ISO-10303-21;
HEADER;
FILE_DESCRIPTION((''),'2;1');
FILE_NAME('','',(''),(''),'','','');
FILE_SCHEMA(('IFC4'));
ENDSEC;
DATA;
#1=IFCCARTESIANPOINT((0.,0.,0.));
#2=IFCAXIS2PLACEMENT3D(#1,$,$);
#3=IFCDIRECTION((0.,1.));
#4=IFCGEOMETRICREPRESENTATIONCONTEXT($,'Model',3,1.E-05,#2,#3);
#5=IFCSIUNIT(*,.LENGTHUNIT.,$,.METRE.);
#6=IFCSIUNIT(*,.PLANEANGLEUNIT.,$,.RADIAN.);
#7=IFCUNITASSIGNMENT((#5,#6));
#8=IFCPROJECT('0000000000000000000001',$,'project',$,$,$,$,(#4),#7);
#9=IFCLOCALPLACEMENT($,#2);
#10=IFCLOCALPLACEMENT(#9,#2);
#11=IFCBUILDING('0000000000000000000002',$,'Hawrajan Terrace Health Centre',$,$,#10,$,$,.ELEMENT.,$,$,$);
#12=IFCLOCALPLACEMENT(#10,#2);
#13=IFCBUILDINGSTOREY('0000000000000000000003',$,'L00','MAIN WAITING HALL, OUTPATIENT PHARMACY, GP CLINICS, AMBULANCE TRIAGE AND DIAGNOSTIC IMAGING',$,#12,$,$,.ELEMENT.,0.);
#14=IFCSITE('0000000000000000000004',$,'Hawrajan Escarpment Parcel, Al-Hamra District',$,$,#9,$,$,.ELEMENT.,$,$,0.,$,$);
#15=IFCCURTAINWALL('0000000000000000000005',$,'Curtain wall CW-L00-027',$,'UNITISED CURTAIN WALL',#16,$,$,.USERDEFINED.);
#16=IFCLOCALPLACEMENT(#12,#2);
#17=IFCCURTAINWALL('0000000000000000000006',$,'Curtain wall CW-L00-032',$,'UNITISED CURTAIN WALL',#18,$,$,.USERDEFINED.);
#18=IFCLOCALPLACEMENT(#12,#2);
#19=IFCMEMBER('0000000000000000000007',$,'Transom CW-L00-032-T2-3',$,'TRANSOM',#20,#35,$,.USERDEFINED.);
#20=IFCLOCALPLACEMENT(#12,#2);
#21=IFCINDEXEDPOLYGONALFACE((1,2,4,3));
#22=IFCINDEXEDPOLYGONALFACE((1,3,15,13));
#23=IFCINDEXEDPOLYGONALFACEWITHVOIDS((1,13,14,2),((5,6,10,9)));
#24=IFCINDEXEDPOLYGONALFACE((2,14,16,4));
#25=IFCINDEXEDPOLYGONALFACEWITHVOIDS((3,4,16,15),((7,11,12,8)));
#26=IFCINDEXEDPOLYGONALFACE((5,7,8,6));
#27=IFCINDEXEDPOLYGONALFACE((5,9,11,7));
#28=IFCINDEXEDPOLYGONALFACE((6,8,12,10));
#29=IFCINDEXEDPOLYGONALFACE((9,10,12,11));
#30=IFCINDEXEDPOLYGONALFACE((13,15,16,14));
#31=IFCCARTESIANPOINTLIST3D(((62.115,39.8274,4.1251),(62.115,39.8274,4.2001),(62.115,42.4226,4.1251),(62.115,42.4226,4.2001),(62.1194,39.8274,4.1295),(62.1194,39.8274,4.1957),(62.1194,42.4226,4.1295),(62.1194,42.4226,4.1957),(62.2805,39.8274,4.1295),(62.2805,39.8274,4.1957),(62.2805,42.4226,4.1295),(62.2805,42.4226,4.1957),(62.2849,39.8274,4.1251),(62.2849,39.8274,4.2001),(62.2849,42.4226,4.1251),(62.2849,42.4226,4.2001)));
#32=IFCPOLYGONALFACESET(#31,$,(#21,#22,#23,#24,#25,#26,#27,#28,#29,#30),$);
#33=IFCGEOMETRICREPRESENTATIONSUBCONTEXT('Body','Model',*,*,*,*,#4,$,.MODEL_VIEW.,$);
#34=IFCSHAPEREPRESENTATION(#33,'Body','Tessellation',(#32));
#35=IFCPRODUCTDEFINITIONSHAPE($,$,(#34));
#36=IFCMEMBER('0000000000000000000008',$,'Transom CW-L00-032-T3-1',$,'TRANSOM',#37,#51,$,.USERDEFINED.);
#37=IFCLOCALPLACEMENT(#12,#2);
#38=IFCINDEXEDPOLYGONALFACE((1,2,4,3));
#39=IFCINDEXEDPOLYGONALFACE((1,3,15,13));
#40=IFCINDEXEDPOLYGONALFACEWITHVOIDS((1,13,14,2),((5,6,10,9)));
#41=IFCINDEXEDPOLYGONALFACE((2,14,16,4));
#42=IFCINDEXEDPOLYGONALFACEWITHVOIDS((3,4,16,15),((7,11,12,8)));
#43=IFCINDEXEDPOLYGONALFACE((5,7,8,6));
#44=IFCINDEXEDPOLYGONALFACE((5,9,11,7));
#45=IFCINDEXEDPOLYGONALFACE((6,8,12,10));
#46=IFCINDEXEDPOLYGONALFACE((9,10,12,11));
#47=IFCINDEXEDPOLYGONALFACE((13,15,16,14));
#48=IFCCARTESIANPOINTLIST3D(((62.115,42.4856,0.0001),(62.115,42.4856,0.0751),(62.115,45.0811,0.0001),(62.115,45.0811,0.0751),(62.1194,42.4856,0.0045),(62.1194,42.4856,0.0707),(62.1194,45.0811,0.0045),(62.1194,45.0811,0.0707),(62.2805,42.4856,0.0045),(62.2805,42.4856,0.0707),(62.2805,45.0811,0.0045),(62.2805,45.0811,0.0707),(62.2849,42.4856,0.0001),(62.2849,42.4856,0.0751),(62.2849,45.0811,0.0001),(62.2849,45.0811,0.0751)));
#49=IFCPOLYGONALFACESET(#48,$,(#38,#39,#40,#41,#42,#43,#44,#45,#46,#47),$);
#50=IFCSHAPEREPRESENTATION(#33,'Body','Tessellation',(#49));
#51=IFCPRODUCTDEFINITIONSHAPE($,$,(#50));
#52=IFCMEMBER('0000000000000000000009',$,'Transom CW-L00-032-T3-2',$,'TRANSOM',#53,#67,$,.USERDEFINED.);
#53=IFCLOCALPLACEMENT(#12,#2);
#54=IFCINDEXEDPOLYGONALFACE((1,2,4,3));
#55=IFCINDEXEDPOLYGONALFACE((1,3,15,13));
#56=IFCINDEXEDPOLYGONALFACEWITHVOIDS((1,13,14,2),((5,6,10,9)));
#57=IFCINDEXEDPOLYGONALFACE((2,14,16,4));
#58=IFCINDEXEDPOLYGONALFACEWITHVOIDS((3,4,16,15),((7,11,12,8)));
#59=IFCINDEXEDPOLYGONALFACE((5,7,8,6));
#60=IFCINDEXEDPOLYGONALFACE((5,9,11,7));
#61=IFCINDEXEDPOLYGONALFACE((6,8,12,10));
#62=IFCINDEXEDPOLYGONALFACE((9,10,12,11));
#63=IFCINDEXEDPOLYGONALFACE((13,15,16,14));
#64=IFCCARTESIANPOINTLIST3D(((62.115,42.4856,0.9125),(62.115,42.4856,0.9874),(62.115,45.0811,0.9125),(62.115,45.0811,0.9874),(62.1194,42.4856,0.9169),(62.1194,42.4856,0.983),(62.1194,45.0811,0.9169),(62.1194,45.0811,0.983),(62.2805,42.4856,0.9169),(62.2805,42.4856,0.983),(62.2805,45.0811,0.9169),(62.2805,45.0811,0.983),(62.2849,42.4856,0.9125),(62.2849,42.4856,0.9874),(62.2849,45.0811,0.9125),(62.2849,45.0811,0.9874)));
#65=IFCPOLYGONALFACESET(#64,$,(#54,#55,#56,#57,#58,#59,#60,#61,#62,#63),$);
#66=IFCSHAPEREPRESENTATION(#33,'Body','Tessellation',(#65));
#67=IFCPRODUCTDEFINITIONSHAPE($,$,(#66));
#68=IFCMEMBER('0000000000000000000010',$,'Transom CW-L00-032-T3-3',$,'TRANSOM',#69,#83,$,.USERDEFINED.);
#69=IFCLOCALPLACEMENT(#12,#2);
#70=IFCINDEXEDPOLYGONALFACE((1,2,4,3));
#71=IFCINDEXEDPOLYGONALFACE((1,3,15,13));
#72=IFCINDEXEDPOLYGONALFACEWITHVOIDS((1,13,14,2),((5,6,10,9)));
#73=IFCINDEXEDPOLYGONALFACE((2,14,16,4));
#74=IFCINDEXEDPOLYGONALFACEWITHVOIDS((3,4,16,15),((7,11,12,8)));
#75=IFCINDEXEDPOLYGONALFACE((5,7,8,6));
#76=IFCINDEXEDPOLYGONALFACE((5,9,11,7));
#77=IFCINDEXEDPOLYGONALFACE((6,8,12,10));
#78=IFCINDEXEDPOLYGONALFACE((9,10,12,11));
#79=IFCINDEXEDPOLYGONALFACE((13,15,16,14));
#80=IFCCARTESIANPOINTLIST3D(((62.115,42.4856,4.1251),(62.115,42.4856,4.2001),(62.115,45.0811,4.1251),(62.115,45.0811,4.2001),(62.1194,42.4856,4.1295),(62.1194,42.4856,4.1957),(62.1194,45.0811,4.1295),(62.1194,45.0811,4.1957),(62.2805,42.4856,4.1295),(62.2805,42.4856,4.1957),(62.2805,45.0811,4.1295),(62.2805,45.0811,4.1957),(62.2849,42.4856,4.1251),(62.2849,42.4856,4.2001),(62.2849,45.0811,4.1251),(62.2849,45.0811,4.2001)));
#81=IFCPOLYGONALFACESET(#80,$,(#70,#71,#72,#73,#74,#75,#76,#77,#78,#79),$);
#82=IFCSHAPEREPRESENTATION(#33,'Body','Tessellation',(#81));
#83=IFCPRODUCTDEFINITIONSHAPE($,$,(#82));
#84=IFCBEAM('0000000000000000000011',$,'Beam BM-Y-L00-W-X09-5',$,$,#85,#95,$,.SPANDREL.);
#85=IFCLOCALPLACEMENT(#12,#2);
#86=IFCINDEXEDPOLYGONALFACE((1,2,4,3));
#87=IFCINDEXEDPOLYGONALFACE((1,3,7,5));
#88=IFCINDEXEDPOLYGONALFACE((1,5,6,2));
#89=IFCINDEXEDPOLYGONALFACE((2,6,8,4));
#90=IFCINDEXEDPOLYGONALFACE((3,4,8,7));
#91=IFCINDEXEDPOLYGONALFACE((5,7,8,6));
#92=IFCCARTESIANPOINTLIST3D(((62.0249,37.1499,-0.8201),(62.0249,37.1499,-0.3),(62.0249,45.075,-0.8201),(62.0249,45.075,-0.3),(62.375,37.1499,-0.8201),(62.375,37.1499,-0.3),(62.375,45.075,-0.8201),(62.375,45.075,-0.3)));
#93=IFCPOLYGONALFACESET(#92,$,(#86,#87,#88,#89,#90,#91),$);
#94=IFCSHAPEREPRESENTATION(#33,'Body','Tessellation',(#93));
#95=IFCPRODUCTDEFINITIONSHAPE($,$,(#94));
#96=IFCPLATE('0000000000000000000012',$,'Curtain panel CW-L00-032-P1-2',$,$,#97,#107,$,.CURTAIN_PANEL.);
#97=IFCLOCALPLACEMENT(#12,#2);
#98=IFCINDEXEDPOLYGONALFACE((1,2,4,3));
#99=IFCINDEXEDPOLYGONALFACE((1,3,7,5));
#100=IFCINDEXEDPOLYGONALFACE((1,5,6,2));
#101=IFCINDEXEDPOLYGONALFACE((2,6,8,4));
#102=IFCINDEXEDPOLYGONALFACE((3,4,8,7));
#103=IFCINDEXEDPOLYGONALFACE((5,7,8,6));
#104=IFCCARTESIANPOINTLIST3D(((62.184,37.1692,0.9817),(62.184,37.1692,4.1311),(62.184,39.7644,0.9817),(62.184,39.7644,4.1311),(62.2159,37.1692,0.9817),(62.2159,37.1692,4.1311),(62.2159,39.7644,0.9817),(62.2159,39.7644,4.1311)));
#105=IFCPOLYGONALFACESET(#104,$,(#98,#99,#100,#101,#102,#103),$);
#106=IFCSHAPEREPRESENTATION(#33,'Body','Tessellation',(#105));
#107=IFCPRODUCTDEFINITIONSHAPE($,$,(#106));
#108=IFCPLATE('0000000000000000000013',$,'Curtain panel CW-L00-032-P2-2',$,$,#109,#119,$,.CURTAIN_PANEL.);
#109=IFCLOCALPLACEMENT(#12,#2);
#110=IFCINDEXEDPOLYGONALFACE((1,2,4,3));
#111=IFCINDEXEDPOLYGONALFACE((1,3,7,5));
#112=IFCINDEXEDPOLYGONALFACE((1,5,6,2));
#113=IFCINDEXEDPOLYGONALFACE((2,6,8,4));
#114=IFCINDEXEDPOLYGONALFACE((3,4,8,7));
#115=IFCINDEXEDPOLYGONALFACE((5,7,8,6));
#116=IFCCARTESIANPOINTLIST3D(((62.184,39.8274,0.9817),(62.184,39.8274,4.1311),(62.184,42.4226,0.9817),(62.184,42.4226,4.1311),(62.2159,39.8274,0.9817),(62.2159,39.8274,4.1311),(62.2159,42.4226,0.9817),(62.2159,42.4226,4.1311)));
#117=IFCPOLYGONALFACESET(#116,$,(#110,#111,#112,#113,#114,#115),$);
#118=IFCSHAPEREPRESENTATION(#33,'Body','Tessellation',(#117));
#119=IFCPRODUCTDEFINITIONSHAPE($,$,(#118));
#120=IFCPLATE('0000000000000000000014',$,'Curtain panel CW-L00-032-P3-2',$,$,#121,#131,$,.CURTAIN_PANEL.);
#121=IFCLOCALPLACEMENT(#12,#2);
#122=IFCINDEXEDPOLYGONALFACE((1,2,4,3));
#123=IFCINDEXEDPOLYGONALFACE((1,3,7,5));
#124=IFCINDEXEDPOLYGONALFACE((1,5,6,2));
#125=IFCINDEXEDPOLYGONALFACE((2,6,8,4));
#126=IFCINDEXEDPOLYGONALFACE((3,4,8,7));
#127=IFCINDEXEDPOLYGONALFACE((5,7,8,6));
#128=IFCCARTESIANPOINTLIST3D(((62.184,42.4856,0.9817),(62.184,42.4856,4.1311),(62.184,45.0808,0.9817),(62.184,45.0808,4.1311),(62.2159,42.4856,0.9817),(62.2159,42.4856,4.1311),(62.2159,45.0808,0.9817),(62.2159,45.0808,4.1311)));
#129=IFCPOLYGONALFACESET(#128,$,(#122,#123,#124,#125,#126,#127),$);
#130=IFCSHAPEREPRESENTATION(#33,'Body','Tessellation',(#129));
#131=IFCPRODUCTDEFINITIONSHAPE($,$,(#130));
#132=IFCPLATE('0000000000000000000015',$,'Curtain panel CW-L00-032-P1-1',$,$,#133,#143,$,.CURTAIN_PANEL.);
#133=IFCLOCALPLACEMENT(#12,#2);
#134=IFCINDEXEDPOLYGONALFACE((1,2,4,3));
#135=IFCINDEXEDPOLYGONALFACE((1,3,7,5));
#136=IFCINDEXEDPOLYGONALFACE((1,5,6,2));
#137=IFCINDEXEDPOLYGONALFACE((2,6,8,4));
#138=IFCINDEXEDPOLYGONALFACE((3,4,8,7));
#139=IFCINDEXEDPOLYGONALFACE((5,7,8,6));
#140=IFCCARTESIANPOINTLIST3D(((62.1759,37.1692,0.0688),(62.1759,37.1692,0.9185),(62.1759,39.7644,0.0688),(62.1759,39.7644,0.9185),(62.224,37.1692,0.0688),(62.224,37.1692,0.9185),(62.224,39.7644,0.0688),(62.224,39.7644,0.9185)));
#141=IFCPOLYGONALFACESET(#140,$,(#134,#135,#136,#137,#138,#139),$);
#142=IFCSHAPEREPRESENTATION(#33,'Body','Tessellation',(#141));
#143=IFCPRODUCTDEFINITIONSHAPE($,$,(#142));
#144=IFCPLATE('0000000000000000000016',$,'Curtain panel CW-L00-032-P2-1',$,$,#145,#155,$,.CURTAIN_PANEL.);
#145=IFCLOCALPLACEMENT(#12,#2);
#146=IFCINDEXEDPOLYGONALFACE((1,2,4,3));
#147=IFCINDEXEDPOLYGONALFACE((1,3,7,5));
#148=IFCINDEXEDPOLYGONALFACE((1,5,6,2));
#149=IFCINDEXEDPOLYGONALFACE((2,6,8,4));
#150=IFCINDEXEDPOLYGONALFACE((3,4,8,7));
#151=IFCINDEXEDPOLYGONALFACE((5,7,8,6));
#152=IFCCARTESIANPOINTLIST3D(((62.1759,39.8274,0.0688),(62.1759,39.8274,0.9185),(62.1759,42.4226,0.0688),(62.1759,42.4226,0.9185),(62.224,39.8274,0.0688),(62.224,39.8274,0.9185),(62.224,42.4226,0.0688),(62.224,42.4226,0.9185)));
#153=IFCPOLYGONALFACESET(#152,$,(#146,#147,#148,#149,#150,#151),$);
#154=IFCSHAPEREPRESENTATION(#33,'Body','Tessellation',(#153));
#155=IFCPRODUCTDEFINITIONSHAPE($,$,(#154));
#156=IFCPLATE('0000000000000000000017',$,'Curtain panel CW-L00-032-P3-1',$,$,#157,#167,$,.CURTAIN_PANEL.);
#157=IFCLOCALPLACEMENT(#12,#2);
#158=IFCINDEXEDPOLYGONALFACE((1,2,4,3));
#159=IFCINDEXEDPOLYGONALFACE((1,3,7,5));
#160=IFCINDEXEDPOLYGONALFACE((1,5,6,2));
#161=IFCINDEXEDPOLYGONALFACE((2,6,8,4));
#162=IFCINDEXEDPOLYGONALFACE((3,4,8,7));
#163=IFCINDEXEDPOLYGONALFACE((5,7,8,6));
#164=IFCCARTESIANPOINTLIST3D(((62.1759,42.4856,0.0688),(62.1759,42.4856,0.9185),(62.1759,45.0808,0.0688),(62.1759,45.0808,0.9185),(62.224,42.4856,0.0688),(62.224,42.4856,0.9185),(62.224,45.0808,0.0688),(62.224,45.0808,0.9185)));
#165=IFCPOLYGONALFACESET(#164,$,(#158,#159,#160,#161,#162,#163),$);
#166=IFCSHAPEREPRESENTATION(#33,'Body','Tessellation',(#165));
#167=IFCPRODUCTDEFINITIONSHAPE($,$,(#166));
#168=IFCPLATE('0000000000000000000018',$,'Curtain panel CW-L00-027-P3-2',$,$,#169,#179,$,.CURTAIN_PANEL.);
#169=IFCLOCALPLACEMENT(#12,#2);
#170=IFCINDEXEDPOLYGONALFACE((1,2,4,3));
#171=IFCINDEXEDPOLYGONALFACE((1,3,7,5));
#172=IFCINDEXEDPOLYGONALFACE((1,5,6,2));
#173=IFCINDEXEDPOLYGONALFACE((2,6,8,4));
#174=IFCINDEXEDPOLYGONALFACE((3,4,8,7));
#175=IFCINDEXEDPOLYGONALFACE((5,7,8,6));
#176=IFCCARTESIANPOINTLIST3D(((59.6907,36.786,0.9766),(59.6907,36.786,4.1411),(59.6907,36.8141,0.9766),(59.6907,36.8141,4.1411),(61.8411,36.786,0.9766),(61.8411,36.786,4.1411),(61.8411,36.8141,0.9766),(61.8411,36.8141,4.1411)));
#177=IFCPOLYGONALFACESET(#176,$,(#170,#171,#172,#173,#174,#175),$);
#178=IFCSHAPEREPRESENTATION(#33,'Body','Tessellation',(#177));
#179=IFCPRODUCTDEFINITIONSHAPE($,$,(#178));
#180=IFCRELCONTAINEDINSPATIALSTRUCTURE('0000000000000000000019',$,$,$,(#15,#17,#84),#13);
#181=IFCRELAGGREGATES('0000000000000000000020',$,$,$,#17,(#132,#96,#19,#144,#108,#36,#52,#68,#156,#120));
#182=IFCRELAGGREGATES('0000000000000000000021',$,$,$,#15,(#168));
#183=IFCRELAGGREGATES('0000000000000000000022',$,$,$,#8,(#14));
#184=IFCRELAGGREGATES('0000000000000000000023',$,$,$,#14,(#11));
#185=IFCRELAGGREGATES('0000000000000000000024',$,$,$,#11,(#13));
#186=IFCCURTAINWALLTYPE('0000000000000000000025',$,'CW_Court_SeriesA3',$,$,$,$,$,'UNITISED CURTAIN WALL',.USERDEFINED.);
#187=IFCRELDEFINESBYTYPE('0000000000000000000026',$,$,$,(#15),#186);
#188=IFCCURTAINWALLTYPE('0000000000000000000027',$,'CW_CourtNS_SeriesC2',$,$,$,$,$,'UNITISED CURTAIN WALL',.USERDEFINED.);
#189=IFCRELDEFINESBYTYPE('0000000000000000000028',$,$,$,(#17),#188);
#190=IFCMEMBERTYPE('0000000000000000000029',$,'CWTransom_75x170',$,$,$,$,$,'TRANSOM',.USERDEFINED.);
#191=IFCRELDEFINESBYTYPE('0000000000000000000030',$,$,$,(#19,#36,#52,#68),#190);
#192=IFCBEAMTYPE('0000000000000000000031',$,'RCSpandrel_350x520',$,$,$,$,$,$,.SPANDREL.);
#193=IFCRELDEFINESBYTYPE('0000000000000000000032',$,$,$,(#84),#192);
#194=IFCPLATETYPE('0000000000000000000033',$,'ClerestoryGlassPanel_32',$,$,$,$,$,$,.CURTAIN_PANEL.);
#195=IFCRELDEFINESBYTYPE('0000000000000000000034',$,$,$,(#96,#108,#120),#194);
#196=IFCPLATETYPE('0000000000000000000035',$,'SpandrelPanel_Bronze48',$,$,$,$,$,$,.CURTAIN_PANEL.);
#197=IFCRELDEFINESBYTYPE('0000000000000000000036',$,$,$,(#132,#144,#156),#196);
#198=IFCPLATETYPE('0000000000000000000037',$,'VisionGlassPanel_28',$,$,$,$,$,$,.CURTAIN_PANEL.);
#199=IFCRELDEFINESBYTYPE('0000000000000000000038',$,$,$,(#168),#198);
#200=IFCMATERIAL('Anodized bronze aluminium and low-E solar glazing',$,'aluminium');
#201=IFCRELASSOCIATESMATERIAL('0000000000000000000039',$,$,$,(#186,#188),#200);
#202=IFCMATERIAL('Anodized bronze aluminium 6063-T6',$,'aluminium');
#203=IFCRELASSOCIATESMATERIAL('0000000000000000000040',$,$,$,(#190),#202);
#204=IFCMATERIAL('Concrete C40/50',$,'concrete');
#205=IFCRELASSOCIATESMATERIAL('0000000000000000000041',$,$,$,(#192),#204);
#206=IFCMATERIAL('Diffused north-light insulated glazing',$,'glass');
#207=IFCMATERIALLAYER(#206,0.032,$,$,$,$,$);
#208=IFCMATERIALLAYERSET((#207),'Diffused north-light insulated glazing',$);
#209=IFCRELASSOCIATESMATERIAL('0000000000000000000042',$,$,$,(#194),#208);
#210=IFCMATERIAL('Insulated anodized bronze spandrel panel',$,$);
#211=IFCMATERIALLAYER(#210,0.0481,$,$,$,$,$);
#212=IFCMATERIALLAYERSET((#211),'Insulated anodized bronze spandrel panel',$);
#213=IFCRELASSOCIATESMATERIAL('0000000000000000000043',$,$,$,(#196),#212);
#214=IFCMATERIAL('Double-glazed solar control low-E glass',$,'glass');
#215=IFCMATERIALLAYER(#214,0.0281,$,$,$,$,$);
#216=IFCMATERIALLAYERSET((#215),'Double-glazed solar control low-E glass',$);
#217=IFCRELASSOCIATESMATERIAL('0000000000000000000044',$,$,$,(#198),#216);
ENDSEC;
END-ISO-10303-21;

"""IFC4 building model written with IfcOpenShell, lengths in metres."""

from ifc_helpers import new_model, si_unit, direction, frame, origin, origin_2d, place, context, subcontext, project, spatial, rectangle, hollow_rectangle, extrude, material, layer, layer_set, material_profile, profile_set, type_object, element, aggregate, save


model = new_model("IFC4")

# Units and contexts
model_context = context("Model", 3, precision=1e-05, world=origin(), true_north=direction((0.0, 1.0)))
body_context = subcontext(model_context, "Body", "Model", "MODEL_VIEW")
ifc_project = project(units=[si_unit("LENGTHUNIT", "METRE"), si_unit("PLANEANGLEUNIT", "RADIAN")], contexts=[model_context])

# Site, building, storey
site_placement = place(None, origin())
site = spatial("IfcSite", under=ifc_project, at=site_placement, Name="Hawrajan Escarpment Parcel, Al-Hamra District", CompositionType="ELEMENT", RefElevation=0.0)
building_placement = place(site_placement, origin())
building = spatial("IfcBuilding", under=site, at=building_placement, Name="Hawrajan Terrace Health Centre", CompositionType="ELEMENT")
storey_placement = place(building_placement, origin())
storey = spatial("IfcBuildingStorey", under=building, at=storey_placement, Name="L00", Description="MAIN WAITING HALL, OUTPATIENT PHARMACY, GP CLINICS, AMBULANCE TRIAGE AND DIAGNOSTIC IMAGING", CompositionType="ELEMENT", Elevation=0.0)

# Shared definitions
ifc_material_1 = material(Name="Concrete C40/50", Category="concrete")

# Curtain wall
ifc_material_2 = material(Name="Anodized bronze aluminium and low-E solar glazing", Category="aluminium")
curtain_wall_type_1 = type_object("IfcCurtainWallType", Name="CW_Court_SeriesA3", ElementType="UNITISED CURTAIN WALL", PredefinedType="USERDEFINED", material=ifc_material_2)
curtain_wall_1_placement = place(storey_placement, origin())
curtain_wall_1 = element("IfcCurtainWall", 1, at=curtain_wall_1_placement, inside=storey, type_object=curtain_wall_type_1, Name="Curtain wall CW-L00-027", ObjectType="UNITISED CURTAIN WALL", PredefinedType="USERDEFINED")
ifc_material_3 = material(Name="Anodized bronze aluminium 6063-T6", Category="aluminium")

# Curtain wall, members
curtain_wall_type_2 = type_object("IfcCurtainWallType", Name="CW_CourtNS_SeriesC2", ElementType="UNITISED CURTAIN WALL", PredefinedType="USERDEFINED", material=ifc_material_2)
curtain_wall_2_placement = place(storey_placement, origin())
curtain_wall_2 = element("IfcCurtainWall", 2, at=curtain_wall_2_placement, inside=storey, type_object=curtain_wall_type_2, Name="Curtain wall CW-L00-032", ObjectType="UNITISED CURTAIN WALL", PredefinedType="USERDEFINED")
ifc_material_profile_1 = material_profile(ifc_material_3, hollow_rectangle(XDim=0.075, YDim=0.1699, WallThickness=0.0044, at=origin_2d()), Name="CW TRN 75x170")
ifc_profile_set_1 = profile_set([ifc_material_profile_1], Name="Anodized bronze aluminium 6063-T6")
member_type_1 = type_object("IfcMemberType", Name="CWTransom_75x170", ElementType="TRANSOM", PredefinedType="USERDEFINED", material=ifc_profile_set_1)
member_1_placement = place(storey_placement, frame((62.2, 39.8274, 4.1626), z_axis=(0.0, 1.0, 0.0), x_axis=(0.0, 0.0, 1.0)))
member_1 = element("IfcMember", 3, at=member_1_placement, type_object=member_type_1, Name="Transom CW-L00-032-T2-3", ObjectType="TRANSOM", PredefinedType="USERDEFINED", context=body_context, shape_type="SweptSolid", body=[
    extrude(hollow_rectangle(XDim=0.075, YDim=0.1699, WallThickness=0.0044, at=origin_2d()), origin(), (0.0, 0.0, 1.0), 2.5952),
])
member_2_placement = place(storey_placement, frame((62.2, 42.4856, 0.0376), z_axis=(0.0, 1.0, 0.0), x_axis=(0.0, 0.0, 1.0)))
member_2 = element("IfcMember", 4, at=member_2_placement, type_object=member_type_1, Name="Transom CW-L00-032-T3-1", ObjectType="TRANSOM", PredefinedType="USERDEFINED", context=body_context, shape_type="SweptSolid", body=[
    extrude(hollow_rectangle(XDim=0.075, YDim=0.1699, WallThickness=0.0044, at=origin_2d()), origin(), (0.0, 0.0, 1.0), 2.5955),
])
member_3_placement = place(storey_placement, frame((62.2, 42.4856, 0.95), z_axis=(0.0, 1.0, 0.0), x_axis=(0.0, 0.0, 1.0)))
member_3 = element("IfcMember", 5, at=member_3_placement, type_object=member_type_1, Name="Transom CW-L00-032-T3-2", ObjectType="TRANSOM", PredefinedType="USERDEFINED", context=body_context, shape_type="SweptSolid", body=[
    extrude(hollow_rectangle(XDim=0.075, YDim=0.1699, WallThickness=0.0044, at=origin_2d()), origin(), (0.0, 0.0, 1.0), 2.5955),
])
member_4_placement = place(storey_placement, frame((62.2, 42.4856, 4.1626), z_axis=(0.0, 1.0, 0.0), x_axis=(0.0, 0.0, 1.0)))
member_4 = element("IfcMember", 6, at=member_4_placement, type_object=member_type_1, Name="Transom CW-L00-032-T3-3", ObjectType="TRANSOM", PredefinedType="USERDEFINED", context=body_context, shape_type="SweptSolid", body=[
    extrude(hollow_rectangle(XDim=0.075, YDim=0.1699, WallThickness=0.0044, at=origin_2d()), origin(), (0.0, 0.0, 1.0), 2.5955),
])

# Beam
ifc_material_profile_2 = material_profile(ifc_material_1, rectangle(XDim=0.3501, YDim=0.52, at=origin_2d()), Name="RC SP 350x520")
ifc_profile_set_2 = profile_set([ifc_material_profile_2], Name="Concrete C40/50")
beam_type = type_object("IfcBeamType", Name="RCSpandrel_350x520", PredefinedType="SPANDREL", material=ifc_profile_set_2)
beam_placement = place(storey_placement, frame((62.2, 37.1499, -0.5601), z_axis=(0.0, 1.0, 0.0), x_axis=(-1.0, 0.0, 0.0)))
element("IfcBeam", 7, at=beam_placement, inside=storey, type_object=beam_type, Name="Beam BM-Y-L00-W-X09-5", PredefinedType="SPANDREL", context=body_context, shape_type="SweptSolid", body=[
    extrude(rectangle(XDim=0.3501, YDim=0.52, at=origin_2d()), origin(), (0.0, 0.0, 1.0), 7.925),
])

# Plates
ifc_material_4 = material(Name="Diffused north-light insulated glazing", Category="glass")
ifc_layer_1 = layer(ifc_material_4, 0.032)
ifc_layer_set_1 = layer_set([ifc_layer_1], Name="Diffused north-light insulated glazing")
plate_type_1 = type_object("IfcPlateType", Name="ClerestoryGlassPanel_32", PredefinedType="CURTAIN_PANEL", material=ifc_layer_set_1)
plate_1_placement = place(storey_placement, frame((62.2, 38.4668, 0.9817), z_axis=(0.0, 0.0, 1.0), x_axis=(0.0, 1.0, 0.0)))
plate_1 = element("IfcPlate", 8, at=plate_1_placement, type_object=plate_type_1, Name="Curtain panel CW-L00-032-P1-2", PredefinedType="CURTAIN_PANEL", context=body_context, shape_type="SweptSolid", body=[
    extrude(rectangle(XDim=2.5952, YDim=0.032, at=origin_2d()), origin(), (0.0, 0.0, 1.0), 3.1494),
])
plate_2_placement = place(storey_placement, frame((62.2, 41.125, 0.9817), z_axis=(0.0, 0.0, 1.0), x_axis=(0.0, 1.0, 0.0)))
plate_2 = element("IfcPlate", 9, at=plate_2_placement, type_object=plate_type_1, Name="Curtain panel CW-L00-032-P2-2", PredefinedType="CURTAIN_PANEL", context=body_context, shape_type="SweptSolid", body=[
    extrude(rectangle(XDim=2.5952, YDim=0.032, at=origin_2d()), origin(), (0.0, 0.0, 1.0), 3.1494),
])
plate_3_placement = place(storey_placement, frame((62.2, 43.7832, 0.9817), z_axis=(0.0, 0.0, 1.0), x_axis=(0.0, 1.0, 0.0)))
plate_3 = element("IfcPlate", 10, at=plate_3_placement, type_object=plate_type_1, Name="Curtain panel CW-L00-032-P3-2", PredefinedType="CURTAIN_PANEL", context=body_context, shape_type="SweptSolid", body=[
    extrude(rectangle(XDim=2.5952, YDim=0.032, at=origin_2d()), origin(), (0.0, 0.0, 1.0), 3.1494),
])
ifc_material_5 = material(Name="Insulated anodized bronze spandrel panel")
ifc_layer_2 = layer(ifc_material_5, 0.0481)
ifc_layer_set_2 = layer_set([ifc_layer_2], Name="Insulated anodized bronze spandrel panel")
plate_type_2 = type_object("IfcPlateType", Name="SpandrelPanel_Bronze48", PredefinedType="CURTAIN_PANEL", material=ifc_layer_set_2)
plate_4_placement = place(storey_placement, frame((62.2, 38.4668, 0.0688), z_axis=(0.0, 0.0, 1.0), x_axis=(0.0, 1.0, 0.0)))
plate_4 = element("IfcPlate", 11, at=plate_4_placement, type_object=plate_type_2, Name="Curtain panel CW-L00-032-P1-1", PredefinedType="CURTAIN_PANEL", context=body_context, shape_type="SweptSolid", body=[
    extrude(rectangle(XDim=2.5952, YDim=0.0481, at=origin_2d()), origin(), (0.0, 0.0, 1.0), 0.8496),
])
plate_5_placement = place(storey_placement, frame((62.2, 41.125, 0.0688), z_axis=(0.0, 0.0, 1.0), x_axis=(0.0, 1.0, 0.0)))
plate_5 = element("IfcPlate", 12, at=plate_5_placement, type_object=plate_type_2, Name="Curtain panel CW-L00-032-P2-1", PredefinedType="CURTAIN_PANEL", context=body_context, shape_type="SweptSolid", body=[
    extrude(rectangle(XDim=2.5952, YDim=0.0481, at=origin_2d()), origin(), (0.0, 0.0, 1.0), 0.8496),
])
plate_6_placement = place(storey_placement, frame((62.2, 43.7832, 0.0688), z_axis=(0.0, 0.0, 1.0), x_axis=(0.0, 1.0, 0.0)))
plate_6 = element("IfcPlate", 13, at=plate_6_placement, type_object=plate_type_2, Name="Curtain panel CW-L00-032-P3-1", PredefinedType="CURTAIN_PANEL", context=body_context, shape_type="SweptSolid", body=[
    extrude(rectangle(XDim=2.5952, YDim=0.0481, at=origin_2d()), origin(), (0.0, 0.0, 1.0), 0.8496),
])
aggregate(curtain_wall_2, [plate_4, plate_1, member_1, plate_5, plate_2, member_2, member_3, member_4, plate_6, plate_3])
ifc_material_6 = material(Name="Double-glazed solar control low-E glass", Category="glass")
ifc_layer_3 = layer(ifc_material_6, 0.0281)
ifc_layer_set_3 = layer_set([ifc_layer_3], Name="Double-glazed solar control low-E glass")
plate_type_3 = type_object("IfcPlateType", Name="VisionGlassPanel_28", PredefinedType="CURTAIN_PANEL", material=ifc_layer_set_3)
plate_7_placement = place(storey_placement, frame((60.7659, 36.8, 0.9766), z_axis=(0.0, 0.0, 1.0), x_axis=(1.0, 0.0, 0.0)))
plate_7 = element("IfcPlate", 14, at=plate_7_placement, type_object=plate_type_3, Name="Curtain panel CW-L00-027-P3-2", PredefinedType="CURTAIN_PANEL", context=body_context, shape_type="SweptSolid", body=[
    extrude(rectangle(XDim=2.1504, YDim=0.0281, at=origin_2d()), origin(), (0.0, 0.0, 1.0), 3.1646),
])
aggregate(curtain_wall_1, [plate_7])

save(model, "model.ifc")
